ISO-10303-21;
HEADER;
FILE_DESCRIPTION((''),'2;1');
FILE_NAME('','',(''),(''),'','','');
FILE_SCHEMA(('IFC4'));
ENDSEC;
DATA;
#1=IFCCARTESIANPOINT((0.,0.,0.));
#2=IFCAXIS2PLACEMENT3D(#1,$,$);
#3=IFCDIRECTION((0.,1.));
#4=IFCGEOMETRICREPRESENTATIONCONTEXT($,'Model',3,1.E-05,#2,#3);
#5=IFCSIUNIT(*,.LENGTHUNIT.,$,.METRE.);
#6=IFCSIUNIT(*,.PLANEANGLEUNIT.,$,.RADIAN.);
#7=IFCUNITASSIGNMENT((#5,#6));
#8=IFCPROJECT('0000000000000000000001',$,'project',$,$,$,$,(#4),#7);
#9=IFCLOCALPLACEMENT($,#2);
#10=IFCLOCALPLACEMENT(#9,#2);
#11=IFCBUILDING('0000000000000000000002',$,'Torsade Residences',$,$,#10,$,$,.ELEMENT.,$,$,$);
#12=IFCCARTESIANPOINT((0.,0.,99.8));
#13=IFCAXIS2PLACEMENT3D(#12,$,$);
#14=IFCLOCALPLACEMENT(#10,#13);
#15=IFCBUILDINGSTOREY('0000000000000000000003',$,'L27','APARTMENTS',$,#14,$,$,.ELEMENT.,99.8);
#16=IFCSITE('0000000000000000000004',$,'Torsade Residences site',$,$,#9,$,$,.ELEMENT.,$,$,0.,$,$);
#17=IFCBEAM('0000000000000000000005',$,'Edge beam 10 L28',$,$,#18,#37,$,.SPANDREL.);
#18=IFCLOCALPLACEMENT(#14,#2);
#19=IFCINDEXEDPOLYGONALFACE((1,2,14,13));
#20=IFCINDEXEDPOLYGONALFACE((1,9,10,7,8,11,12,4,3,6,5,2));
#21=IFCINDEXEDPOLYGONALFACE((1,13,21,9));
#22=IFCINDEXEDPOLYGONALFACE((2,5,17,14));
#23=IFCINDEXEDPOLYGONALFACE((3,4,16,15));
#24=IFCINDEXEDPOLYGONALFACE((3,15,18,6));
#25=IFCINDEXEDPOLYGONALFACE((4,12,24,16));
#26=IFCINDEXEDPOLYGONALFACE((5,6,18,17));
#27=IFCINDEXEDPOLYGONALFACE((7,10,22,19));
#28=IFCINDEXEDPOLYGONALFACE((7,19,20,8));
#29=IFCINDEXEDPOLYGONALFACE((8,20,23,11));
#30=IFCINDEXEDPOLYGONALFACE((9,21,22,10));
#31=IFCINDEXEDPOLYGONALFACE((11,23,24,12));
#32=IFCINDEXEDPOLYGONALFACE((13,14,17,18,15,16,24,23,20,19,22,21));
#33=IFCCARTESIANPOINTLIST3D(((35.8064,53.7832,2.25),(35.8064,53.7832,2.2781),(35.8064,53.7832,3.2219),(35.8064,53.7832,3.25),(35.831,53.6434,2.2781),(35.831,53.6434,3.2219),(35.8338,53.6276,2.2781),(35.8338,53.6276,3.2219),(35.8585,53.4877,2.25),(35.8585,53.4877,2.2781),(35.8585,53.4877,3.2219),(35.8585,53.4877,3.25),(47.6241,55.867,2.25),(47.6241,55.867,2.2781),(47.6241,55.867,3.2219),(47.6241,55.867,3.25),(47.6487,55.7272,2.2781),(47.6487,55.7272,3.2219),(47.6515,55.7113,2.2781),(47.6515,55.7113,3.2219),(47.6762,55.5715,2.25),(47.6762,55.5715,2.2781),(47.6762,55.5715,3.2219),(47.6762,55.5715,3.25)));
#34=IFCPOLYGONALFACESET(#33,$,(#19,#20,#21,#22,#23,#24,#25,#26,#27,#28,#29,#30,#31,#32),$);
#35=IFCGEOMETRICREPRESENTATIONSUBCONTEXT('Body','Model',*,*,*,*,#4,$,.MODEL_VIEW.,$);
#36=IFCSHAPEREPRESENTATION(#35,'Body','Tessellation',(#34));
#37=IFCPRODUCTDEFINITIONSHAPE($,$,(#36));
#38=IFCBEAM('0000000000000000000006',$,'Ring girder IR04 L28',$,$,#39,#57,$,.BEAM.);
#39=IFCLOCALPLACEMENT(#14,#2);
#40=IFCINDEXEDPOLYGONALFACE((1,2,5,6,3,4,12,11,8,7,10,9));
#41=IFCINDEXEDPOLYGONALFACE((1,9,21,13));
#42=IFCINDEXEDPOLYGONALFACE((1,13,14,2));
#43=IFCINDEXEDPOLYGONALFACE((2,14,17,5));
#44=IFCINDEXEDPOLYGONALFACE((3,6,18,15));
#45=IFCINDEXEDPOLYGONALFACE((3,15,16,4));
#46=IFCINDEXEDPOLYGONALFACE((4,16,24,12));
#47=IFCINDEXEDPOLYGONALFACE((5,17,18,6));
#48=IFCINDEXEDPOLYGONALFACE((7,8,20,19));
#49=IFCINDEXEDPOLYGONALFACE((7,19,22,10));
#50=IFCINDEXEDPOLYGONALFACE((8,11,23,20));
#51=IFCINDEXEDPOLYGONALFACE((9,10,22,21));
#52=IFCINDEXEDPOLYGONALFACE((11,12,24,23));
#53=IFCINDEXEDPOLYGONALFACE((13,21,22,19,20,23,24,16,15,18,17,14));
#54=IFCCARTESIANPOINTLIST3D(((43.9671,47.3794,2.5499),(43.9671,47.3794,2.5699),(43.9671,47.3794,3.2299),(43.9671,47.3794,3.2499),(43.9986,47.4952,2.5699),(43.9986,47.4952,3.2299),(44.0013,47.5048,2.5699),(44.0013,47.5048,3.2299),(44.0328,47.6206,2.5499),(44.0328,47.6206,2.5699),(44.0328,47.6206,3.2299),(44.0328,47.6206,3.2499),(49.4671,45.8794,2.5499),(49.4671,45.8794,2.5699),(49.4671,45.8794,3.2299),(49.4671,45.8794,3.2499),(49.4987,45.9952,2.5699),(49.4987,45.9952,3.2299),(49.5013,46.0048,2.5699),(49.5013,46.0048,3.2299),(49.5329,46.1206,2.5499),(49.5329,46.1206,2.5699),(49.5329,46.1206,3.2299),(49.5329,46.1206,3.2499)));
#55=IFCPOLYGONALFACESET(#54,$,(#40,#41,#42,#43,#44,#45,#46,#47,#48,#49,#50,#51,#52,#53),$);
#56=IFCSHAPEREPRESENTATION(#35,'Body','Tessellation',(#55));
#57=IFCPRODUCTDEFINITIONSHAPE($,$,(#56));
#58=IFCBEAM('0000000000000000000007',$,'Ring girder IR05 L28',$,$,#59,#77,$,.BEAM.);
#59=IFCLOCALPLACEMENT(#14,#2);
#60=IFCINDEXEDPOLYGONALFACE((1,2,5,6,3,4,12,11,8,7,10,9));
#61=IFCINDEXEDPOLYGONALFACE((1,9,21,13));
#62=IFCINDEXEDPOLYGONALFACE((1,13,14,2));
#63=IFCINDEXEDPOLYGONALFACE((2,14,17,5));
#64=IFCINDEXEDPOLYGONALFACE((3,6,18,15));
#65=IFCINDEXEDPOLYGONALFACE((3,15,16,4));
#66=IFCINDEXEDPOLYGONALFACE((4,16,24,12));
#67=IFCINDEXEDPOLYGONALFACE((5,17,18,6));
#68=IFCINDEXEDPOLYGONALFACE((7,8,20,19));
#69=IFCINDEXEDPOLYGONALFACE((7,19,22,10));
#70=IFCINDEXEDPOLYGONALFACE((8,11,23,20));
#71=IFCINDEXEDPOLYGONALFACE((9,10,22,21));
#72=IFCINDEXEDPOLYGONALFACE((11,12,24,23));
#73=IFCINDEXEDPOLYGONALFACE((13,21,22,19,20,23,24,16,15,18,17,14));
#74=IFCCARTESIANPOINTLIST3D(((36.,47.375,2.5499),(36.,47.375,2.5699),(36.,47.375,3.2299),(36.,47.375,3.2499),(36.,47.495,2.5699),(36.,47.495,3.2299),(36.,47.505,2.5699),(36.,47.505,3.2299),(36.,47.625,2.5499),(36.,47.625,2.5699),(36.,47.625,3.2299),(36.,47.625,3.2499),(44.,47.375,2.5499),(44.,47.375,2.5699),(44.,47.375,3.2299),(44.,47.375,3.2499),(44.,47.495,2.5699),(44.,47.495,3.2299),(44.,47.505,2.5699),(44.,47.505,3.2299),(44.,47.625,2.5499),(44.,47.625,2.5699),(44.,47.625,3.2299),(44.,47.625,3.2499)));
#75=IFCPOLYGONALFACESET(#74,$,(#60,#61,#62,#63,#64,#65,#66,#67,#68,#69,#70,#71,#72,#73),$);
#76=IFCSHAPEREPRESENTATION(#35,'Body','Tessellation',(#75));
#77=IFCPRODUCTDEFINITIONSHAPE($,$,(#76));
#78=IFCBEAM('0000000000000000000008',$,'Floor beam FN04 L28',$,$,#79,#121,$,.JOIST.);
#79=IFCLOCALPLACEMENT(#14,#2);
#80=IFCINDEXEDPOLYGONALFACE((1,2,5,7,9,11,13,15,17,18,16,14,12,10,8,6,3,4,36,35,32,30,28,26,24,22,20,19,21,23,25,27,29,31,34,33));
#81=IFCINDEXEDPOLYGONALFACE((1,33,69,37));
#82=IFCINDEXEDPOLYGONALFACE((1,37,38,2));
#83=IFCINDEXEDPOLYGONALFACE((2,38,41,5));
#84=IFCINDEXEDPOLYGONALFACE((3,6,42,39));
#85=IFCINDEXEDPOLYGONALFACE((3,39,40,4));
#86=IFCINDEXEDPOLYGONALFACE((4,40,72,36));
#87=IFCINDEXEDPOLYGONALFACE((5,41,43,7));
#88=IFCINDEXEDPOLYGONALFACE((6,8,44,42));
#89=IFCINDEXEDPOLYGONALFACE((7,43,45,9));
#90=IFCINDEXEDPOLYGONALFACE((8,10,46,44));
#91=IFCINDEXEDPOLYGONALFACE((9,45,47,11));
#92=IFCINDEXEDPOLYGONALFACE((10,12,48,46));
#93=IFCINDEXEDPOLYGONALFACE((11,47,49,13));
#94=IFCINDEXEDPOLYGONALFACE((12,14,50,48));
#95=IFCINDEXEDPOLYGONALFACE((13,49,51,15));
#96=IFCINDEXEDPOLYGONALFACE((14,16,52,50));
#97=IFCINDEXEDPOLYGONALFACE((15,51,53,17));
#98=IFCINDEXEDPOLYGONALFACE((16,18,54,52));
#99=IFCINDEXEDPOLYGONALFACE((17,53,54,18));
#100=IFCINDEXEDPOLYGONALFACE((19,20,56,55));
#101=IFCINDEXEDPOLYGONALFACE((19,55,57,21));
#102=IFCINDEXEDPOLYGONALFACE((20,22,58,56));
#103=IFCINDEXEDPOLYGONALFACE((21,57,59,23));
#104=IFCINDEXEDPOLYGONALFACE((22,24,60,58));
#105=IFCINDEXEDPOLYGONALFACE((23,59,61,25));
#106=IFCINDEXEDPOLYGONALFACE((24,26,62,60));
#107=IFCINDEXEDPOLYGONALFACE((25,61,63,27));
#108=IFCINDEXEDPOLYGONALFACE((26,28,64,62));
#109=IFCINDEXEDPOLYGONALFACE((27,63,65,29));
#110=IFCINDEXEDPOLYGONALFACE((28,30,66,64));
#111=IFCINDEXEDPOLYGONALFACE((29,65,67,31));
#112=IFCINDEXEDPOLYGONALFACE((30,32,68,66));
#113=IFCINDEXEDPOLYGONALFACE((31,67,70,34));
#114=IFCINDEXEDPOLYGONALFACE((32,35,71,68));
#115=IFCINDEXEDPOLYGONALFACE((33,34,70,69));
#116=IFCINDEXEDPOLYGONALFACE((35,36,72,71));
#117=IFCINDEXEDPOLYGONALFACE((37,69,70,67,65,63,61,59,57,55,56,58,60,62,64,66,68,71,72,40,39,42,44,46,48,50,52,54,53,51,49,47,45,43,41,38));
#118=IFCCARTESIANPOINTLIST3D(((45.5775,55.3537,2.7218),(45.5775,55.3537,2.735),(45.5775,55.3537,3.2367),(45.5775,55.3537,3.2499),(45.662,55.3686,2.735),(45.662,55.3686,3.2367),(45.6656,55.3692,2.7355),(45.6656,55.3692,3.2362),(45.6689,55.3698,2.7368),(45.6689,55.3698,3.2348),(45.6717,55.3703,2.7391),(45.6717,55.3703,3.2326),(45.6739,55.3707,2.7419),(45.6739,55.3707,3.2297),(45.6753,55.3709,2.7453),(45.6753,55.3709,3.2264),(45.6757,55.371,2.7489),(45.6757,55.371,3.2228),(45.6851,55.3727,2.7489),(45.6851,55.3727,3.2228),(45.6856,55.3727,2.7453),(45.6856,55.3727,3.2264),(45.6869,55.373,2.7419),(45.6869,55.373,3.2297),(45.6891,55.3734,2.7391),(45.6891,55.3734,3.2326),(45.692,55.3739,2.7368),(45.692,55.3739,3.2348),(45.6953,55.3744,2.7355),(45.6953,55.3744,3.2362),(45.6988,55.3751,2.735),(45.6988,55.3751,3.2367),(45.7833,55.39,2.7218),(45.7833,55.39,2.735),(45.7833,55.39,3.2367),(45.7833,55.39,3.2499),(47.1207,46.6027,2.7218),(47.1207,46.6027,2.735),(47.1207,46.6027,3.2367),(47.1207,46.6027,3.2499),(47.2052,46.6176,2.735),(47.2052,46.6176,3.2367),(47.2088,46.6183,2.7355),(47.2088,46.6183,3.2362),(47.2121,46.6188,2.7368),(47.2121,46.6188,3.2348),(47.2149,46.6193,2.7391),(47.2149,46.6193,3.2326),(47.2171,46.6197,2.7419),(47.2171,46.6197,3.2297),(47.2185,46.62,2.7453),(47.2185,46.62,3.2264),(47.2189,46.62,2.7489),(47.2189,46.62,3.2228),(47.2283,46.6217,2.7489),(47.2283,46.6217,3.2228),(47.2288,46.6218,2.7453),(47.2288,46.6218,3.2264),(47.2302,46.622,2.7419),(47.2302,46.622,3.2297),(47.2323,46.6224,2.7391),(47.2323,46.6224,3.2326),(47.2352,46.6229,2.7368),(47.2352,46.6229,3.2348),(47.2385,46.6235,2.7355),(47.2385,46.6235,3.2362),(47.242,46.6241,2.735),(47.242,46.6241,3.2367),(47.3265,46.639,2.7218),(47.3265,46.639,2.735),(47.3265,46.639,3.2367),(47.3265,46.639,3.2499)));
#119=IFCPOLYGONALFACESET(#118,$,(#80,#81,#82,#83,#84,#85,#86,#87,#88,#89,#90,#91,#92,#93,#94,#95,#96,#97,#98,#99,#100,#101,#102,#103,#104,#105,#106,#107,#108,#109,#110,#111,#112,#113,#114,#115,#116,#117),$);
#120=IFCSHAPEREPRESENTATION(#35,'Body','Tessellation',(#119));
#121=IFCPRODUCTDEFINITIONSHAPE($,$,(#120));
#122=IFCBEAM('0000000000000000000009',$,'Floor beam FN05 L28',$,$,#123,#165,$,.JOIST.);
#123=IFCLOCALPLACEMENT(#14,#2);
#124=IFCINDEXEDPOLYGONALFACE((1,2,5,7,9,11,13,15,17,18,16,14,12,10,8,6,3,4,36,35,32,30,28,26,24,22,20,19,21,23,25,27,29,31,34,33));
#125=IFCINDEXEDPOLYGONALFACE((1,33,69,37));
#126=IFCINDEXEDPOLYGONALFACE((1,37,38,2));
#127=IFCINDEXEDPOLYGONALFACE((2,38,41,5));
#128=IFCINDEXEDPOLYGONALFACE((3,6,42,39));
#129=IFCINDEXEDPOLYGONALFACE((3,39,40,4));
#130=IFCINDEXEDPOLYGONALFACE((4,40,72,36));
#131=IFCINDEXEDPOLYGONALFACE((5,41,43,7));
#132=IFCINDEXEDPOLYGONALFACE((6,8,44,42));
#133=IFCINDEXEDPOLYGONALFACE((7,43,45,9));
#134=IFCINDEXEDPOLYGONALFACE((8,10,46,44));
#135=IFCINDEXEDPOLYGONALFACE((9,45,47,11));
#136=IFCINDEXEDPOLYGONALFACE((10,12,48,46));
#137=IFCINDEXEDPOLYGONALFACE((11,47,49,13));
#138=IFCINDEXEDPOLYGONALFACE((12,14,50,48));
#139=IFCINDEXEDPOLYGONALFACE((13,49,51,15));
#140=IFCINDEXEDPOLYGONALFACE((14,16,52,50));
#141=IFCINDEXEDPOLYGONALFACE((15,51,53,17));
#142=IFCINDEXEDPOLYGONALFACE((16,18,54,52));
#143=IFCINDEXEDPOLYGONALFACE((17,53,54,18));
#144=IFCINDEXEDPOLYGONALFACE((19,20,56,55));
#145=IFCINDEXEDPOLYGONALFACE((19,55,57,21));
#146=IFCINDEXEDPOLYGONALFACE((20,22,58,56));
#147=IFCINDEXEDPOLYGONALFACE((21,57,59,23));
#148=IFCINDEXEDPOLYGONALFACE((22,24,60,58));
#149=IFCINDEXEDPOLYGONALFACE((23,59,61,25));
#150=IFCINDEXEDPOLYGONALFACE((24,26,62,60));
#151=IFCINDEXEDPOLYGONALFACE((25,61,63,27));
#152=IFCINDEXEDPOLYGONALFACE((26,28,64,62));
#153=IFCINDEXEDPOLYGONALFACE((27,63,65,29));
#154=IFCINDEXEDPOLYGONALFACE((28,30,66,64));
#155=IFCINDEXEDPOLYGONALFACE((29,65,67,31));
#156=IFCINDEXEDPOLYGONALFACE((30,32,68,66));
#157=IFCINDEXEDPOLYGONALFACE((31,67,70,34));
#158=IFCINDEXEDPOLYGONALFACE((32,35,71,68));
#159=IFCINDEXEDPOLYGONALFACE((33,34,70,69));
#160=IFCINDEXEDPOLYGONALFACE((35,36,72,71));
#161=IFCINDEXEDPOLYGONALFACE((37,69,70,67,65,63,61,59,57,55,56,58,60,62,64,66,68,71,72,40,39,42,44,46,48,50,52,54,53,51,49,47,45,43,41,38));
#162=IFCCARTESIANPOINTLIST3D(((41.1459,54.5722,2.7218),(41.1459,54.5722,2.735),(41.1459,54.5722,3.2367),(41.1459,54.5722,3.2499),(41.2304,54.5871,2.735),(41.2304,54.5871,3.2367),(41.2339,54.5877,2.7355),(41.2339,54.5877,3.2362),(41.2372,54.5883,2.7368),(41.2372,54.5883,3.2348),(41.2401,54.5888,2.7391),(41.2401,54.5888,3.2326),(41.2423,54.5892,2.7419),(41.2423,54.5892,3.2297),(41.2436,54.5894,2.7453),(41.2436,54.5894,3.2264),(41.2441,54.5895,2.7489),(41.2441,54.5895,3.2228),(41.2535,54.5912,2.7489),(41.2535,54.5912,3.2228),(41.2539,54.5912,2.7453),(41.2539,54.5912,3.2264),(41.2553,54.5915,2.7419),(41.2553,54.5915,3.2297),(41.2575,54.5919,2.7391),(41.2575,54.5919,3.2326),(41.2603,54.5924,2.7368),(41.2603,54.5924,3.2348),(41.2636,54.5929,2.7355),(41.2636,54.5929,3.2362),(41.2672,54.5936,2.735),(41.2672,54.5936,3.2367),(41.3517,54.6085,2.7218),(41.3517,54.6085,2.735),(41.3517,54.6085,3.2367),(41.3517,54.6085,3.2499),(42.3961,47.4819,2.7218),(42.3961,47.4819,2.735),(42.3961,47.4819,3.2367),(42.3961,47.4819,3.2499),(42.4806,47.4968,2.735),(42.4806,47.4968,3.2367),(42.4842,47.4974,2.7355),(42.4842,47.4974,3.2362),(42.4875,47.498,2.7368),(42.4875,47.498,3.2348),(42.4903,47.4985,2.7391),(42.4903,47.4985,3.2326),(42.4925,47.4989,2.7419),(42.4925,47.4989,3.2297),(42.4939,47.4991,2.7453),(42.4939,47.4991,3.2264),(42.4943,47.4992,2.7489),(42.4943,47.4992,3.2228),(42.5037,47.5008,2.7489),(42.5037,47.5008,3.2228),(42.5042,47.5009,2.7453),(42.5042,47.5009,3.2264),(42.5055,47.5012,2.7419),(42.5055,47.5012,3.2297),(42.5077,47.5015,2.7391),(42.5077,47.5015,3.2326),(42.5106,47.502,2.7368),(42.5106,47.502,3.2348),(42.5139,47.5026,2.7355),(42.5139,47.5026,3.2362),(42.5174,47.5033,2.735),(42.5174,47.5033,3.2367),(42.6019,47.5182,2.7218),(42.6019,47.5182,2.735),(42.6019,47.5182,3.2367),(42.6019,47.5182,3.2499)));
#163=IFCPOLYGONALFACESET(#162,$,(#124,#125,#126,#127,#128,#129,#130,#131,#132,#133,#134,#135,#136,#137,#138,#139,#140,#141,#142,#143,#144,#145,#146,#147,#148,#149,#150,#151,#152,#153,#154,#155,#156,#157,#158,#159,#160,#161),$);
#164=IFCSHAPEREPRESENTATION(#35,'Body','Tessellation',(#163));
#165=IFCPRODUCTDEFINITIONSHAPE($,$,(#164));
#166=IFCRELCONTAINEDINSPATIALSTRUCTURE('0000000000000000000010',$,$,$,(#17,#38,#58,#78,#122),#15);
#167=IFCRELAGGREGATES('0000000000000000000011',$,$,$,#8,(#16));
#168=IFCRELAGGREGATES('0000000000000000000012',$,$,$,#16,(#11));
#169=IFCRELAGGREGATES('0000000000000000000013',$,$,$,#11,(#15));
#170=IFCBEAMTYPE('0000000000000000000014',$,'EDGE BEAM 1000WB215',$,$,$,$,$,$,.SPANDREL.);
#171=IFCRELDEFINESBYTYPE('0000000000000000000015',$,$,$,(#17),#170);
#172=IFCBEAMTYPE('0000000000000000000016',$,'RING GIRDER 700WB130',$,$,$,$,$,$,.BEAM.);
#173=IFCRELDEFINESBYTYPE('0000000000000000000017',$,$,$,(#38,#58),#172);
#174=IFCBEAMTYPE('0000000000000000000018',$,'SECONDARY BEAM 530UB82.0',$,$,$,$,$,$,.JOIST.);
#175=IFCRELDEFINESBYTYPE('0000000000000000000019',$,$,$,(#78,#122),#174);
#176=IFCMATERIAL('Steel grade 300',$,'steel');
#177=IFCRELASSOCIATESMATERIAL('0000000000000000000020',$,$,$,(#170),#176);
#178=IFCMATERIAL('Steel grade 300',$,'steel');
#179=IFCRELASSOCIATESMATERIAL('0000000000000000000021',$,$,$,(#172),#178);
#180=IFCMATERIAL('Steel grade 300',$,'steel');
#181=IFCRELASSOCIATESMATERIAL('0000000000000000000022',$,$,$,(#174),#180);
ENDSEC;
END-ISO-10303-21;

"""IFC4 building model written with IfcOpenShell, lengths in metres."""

from ifc_helpers import new_model, si_unit, direction, frame, origin, origin_2d, place, context, subcontext, project, spatial, i_section, extrude, material, material_profile, profile_set, type_object, element, save


model = new_model("IFC4")

# Units and contexts
model_context = context("Model", 3, precision=1e-05, world=origin(), true_north=direction((0.0, 1.0)))
body_context = subcontext(model_context, "Body", "Model", "MODEL_VIEW")
ifc_project = project(units=[si_unit("LENGTHUNIT", "METRE"), si_unit("PLANEANGLEUNIT", "RADIAN")], contexts=[model_context])

# Site, building, storey
site_placement = place(None, origin())
site = spatial("IfcSite", under=ifc_project, at=site_placement, Name="Torsade Residences site", CompositionType="ELEMENT", RefElevation=0.0)
building_placement = place(site_placement, origin())
building = spatial("IfcBuilding", under=site, at=building_placement, Name="Torsade Residences", CompositionType="ELEMENT")
storey_placement = place(building_placement, frame((0.0, 0.0, 99.8)))
storey = spatial("IfcBuildingStorey", under=building, at=storey_placement, Name="L27", Description="APARTMENTS", CompositionType="ELEMENT", Elevation=99.8)

# Beams
ifc_material_1 = material(Name="Steel grade 300", Category="steel")
ifc_material_profile_1 = material_profile(ifc_material_1, i_section(OverallWidth=0.3, OverallDepth=1.0, WebThickness=0.0161, FlangeThickness=0.0281, at=origin_2d()), Name="1000WB215")
ifc_profile_set_1 = profile_set([ifc_material_profile_1], Name="Steel grade 300")
beam_type_1 = type_object("IfcBeamType", Name="EDGE BEAM 1000WB215", PredefinedType="SPANDREL", material=ifc_profile_set_1)
beam_1_placement = place(storey_placement, frame((47.6501, 55.7192, 2.75), z_axis=(-0.984808, -0.173646, 0.0), x_axis=(0.173646, -0.984808, 0.0)))
element("IfcBeam", 1, at=beam_1_placement, inside=storey, type_object=beam_type_1, Name="Edge beam 10 L28", PredefinedType="SPANDREL", context=body_context, shape_type="SweptSolid", body=[
    extrude(i_section(OverallWidth=0.3, OverallDepth=1.0, WebThickness=0.0161, FlangeThickness=0.0281, at=origin_2d()), origin(), (0.0, 0.0, 1.0), 12.0),
])
ifc_material_2 = material(Name="Steel grade 300", Category="steel")
ifc_material_profile_2 = material_profile(ifc_material_2, i_section(OverallWidth=0.25, OverallDepth=0.7, WebThickness=0.01, FlangeThickness=0.02, at=origin_2d()), Name="700WB130")
ifc_profile_set_2 = profile_set([ifc_material_profile_2], Name="Steel grade 300")
beam_type_2 = type_object("IfcBeamType", Name="RING GIRDER 700WB130", PredefinedType="BEAM", material=ifc_profile_set_2)
beam_2_placement = place(storey_placement, frame((49.5, 46.0, 2.8999), z_axis=(-0.964764, 0.263117, 0.0), x_axis=(-0.263117, -0.964764, 0.0)))
element("IfcBeam", 2, at=beam_2_placement, inside=storey, type_object=beam_type_2, Name="Ring girder IR04 L28", PredefinedType="BEAM", context=body_context, shape_type="SweptSolid", body=[
    extrude(i_section(OverallWidth=0.25, OverallDepth=0.7, WebThickness=0.01, FlangeThickness=0.02, at=origin_2d()), origin(), (0.0, 0.0, 1.0), 5.7009),
])
beam_3_placement = place(storey_placement, frame((44.0, 47.5, 2.8999), z_axis=(-1.0, 0.0, 0.0), x_axis=(0.0, -1.0, 0.0)))
element("IfcBeam", 3, at=beam_3_placement, inside=storey, type_object=beam_type_2, Name="Ring girder IR05 L28", PredefinedType="BEAM", context=body_context, shape_type="SweptSolid", body=[
    extrude(i_section(OverallWidth=0.25, OverallDepth=0.7, WebThickness=0.01, FlangeThickness=0.02, at=origin_2d()), origin(), (0.0, 0.0, 1.0), 8.0),
])
ifc_material_3 = material(Name="Steel grade 300", Category="steel")
ifc_material_profile_3 = material_profile(ifc_material_3, i_section(OverallWidth=0.209, OverallDepth=0.5281, WebThickness=0.0095, FlangeThickness=0.0132, FilletRadius=0.0139, at=origin_2d()), Name="530UB82.0")
ifc_profile_set_3 = profile_set([ifc_material_profile_3], Name="Steel grade 300")
beam_type_3 = type_object("IfcBeamType", Name="SECONDARY BEAM 530UB82.0", PredefinedType="JOIST", material=ifc_profile_set_3)
beam_4_placement = place(storey_placement, frame((45.6804, 55.3718, 2.9858), z_axis=(0.173668, -0.984804, 0.0), x_axis=(0.984804, 0.173668, 0.0)))
element("IfcBeam", 4, at=beam_4_placement, inside=storey, type_object=beam_type_3, Name="Floor beam FN04 L28", PredefinedType="JOIST", context=body_context, shape_type="SweptSolid", body=[
    extrude(i_section(OverallWidth=0.209, OverallDepth=0.5281, WebThickness=0.0095, FlangeThickness=0.0132, FilletRadius=0.0139, at=origin_2d()), origin(), (0.0, 0.0, 1.0), 8.886),
])
beam_5_placement = place(storey_placement, frame((41.2488, 54.5903, 2.9858), z_axis=(0.173652, -0.984807, 0.0), x_axis=(0.984807, 0.173652, 0.0)))
element("IfcBeam", 5, at=beam_5_placement, inside=storey, type_object=beam_type_3, Name="Floor beam FN05 L28", PredefinedType="JOIST", context=body_context, shape_type="SweptSolid", body=[
    extrude(i_section(OverallWidth=0.209, OverallDepth=0.5281, WebThickness=0.0095, FlangeThickness=0.0132, FilletRadius=0.0139, at=origin_2d()), origin(), (0.0, 0.0, 1.0), 7.1997),
])

save(model, "model.ifc")
